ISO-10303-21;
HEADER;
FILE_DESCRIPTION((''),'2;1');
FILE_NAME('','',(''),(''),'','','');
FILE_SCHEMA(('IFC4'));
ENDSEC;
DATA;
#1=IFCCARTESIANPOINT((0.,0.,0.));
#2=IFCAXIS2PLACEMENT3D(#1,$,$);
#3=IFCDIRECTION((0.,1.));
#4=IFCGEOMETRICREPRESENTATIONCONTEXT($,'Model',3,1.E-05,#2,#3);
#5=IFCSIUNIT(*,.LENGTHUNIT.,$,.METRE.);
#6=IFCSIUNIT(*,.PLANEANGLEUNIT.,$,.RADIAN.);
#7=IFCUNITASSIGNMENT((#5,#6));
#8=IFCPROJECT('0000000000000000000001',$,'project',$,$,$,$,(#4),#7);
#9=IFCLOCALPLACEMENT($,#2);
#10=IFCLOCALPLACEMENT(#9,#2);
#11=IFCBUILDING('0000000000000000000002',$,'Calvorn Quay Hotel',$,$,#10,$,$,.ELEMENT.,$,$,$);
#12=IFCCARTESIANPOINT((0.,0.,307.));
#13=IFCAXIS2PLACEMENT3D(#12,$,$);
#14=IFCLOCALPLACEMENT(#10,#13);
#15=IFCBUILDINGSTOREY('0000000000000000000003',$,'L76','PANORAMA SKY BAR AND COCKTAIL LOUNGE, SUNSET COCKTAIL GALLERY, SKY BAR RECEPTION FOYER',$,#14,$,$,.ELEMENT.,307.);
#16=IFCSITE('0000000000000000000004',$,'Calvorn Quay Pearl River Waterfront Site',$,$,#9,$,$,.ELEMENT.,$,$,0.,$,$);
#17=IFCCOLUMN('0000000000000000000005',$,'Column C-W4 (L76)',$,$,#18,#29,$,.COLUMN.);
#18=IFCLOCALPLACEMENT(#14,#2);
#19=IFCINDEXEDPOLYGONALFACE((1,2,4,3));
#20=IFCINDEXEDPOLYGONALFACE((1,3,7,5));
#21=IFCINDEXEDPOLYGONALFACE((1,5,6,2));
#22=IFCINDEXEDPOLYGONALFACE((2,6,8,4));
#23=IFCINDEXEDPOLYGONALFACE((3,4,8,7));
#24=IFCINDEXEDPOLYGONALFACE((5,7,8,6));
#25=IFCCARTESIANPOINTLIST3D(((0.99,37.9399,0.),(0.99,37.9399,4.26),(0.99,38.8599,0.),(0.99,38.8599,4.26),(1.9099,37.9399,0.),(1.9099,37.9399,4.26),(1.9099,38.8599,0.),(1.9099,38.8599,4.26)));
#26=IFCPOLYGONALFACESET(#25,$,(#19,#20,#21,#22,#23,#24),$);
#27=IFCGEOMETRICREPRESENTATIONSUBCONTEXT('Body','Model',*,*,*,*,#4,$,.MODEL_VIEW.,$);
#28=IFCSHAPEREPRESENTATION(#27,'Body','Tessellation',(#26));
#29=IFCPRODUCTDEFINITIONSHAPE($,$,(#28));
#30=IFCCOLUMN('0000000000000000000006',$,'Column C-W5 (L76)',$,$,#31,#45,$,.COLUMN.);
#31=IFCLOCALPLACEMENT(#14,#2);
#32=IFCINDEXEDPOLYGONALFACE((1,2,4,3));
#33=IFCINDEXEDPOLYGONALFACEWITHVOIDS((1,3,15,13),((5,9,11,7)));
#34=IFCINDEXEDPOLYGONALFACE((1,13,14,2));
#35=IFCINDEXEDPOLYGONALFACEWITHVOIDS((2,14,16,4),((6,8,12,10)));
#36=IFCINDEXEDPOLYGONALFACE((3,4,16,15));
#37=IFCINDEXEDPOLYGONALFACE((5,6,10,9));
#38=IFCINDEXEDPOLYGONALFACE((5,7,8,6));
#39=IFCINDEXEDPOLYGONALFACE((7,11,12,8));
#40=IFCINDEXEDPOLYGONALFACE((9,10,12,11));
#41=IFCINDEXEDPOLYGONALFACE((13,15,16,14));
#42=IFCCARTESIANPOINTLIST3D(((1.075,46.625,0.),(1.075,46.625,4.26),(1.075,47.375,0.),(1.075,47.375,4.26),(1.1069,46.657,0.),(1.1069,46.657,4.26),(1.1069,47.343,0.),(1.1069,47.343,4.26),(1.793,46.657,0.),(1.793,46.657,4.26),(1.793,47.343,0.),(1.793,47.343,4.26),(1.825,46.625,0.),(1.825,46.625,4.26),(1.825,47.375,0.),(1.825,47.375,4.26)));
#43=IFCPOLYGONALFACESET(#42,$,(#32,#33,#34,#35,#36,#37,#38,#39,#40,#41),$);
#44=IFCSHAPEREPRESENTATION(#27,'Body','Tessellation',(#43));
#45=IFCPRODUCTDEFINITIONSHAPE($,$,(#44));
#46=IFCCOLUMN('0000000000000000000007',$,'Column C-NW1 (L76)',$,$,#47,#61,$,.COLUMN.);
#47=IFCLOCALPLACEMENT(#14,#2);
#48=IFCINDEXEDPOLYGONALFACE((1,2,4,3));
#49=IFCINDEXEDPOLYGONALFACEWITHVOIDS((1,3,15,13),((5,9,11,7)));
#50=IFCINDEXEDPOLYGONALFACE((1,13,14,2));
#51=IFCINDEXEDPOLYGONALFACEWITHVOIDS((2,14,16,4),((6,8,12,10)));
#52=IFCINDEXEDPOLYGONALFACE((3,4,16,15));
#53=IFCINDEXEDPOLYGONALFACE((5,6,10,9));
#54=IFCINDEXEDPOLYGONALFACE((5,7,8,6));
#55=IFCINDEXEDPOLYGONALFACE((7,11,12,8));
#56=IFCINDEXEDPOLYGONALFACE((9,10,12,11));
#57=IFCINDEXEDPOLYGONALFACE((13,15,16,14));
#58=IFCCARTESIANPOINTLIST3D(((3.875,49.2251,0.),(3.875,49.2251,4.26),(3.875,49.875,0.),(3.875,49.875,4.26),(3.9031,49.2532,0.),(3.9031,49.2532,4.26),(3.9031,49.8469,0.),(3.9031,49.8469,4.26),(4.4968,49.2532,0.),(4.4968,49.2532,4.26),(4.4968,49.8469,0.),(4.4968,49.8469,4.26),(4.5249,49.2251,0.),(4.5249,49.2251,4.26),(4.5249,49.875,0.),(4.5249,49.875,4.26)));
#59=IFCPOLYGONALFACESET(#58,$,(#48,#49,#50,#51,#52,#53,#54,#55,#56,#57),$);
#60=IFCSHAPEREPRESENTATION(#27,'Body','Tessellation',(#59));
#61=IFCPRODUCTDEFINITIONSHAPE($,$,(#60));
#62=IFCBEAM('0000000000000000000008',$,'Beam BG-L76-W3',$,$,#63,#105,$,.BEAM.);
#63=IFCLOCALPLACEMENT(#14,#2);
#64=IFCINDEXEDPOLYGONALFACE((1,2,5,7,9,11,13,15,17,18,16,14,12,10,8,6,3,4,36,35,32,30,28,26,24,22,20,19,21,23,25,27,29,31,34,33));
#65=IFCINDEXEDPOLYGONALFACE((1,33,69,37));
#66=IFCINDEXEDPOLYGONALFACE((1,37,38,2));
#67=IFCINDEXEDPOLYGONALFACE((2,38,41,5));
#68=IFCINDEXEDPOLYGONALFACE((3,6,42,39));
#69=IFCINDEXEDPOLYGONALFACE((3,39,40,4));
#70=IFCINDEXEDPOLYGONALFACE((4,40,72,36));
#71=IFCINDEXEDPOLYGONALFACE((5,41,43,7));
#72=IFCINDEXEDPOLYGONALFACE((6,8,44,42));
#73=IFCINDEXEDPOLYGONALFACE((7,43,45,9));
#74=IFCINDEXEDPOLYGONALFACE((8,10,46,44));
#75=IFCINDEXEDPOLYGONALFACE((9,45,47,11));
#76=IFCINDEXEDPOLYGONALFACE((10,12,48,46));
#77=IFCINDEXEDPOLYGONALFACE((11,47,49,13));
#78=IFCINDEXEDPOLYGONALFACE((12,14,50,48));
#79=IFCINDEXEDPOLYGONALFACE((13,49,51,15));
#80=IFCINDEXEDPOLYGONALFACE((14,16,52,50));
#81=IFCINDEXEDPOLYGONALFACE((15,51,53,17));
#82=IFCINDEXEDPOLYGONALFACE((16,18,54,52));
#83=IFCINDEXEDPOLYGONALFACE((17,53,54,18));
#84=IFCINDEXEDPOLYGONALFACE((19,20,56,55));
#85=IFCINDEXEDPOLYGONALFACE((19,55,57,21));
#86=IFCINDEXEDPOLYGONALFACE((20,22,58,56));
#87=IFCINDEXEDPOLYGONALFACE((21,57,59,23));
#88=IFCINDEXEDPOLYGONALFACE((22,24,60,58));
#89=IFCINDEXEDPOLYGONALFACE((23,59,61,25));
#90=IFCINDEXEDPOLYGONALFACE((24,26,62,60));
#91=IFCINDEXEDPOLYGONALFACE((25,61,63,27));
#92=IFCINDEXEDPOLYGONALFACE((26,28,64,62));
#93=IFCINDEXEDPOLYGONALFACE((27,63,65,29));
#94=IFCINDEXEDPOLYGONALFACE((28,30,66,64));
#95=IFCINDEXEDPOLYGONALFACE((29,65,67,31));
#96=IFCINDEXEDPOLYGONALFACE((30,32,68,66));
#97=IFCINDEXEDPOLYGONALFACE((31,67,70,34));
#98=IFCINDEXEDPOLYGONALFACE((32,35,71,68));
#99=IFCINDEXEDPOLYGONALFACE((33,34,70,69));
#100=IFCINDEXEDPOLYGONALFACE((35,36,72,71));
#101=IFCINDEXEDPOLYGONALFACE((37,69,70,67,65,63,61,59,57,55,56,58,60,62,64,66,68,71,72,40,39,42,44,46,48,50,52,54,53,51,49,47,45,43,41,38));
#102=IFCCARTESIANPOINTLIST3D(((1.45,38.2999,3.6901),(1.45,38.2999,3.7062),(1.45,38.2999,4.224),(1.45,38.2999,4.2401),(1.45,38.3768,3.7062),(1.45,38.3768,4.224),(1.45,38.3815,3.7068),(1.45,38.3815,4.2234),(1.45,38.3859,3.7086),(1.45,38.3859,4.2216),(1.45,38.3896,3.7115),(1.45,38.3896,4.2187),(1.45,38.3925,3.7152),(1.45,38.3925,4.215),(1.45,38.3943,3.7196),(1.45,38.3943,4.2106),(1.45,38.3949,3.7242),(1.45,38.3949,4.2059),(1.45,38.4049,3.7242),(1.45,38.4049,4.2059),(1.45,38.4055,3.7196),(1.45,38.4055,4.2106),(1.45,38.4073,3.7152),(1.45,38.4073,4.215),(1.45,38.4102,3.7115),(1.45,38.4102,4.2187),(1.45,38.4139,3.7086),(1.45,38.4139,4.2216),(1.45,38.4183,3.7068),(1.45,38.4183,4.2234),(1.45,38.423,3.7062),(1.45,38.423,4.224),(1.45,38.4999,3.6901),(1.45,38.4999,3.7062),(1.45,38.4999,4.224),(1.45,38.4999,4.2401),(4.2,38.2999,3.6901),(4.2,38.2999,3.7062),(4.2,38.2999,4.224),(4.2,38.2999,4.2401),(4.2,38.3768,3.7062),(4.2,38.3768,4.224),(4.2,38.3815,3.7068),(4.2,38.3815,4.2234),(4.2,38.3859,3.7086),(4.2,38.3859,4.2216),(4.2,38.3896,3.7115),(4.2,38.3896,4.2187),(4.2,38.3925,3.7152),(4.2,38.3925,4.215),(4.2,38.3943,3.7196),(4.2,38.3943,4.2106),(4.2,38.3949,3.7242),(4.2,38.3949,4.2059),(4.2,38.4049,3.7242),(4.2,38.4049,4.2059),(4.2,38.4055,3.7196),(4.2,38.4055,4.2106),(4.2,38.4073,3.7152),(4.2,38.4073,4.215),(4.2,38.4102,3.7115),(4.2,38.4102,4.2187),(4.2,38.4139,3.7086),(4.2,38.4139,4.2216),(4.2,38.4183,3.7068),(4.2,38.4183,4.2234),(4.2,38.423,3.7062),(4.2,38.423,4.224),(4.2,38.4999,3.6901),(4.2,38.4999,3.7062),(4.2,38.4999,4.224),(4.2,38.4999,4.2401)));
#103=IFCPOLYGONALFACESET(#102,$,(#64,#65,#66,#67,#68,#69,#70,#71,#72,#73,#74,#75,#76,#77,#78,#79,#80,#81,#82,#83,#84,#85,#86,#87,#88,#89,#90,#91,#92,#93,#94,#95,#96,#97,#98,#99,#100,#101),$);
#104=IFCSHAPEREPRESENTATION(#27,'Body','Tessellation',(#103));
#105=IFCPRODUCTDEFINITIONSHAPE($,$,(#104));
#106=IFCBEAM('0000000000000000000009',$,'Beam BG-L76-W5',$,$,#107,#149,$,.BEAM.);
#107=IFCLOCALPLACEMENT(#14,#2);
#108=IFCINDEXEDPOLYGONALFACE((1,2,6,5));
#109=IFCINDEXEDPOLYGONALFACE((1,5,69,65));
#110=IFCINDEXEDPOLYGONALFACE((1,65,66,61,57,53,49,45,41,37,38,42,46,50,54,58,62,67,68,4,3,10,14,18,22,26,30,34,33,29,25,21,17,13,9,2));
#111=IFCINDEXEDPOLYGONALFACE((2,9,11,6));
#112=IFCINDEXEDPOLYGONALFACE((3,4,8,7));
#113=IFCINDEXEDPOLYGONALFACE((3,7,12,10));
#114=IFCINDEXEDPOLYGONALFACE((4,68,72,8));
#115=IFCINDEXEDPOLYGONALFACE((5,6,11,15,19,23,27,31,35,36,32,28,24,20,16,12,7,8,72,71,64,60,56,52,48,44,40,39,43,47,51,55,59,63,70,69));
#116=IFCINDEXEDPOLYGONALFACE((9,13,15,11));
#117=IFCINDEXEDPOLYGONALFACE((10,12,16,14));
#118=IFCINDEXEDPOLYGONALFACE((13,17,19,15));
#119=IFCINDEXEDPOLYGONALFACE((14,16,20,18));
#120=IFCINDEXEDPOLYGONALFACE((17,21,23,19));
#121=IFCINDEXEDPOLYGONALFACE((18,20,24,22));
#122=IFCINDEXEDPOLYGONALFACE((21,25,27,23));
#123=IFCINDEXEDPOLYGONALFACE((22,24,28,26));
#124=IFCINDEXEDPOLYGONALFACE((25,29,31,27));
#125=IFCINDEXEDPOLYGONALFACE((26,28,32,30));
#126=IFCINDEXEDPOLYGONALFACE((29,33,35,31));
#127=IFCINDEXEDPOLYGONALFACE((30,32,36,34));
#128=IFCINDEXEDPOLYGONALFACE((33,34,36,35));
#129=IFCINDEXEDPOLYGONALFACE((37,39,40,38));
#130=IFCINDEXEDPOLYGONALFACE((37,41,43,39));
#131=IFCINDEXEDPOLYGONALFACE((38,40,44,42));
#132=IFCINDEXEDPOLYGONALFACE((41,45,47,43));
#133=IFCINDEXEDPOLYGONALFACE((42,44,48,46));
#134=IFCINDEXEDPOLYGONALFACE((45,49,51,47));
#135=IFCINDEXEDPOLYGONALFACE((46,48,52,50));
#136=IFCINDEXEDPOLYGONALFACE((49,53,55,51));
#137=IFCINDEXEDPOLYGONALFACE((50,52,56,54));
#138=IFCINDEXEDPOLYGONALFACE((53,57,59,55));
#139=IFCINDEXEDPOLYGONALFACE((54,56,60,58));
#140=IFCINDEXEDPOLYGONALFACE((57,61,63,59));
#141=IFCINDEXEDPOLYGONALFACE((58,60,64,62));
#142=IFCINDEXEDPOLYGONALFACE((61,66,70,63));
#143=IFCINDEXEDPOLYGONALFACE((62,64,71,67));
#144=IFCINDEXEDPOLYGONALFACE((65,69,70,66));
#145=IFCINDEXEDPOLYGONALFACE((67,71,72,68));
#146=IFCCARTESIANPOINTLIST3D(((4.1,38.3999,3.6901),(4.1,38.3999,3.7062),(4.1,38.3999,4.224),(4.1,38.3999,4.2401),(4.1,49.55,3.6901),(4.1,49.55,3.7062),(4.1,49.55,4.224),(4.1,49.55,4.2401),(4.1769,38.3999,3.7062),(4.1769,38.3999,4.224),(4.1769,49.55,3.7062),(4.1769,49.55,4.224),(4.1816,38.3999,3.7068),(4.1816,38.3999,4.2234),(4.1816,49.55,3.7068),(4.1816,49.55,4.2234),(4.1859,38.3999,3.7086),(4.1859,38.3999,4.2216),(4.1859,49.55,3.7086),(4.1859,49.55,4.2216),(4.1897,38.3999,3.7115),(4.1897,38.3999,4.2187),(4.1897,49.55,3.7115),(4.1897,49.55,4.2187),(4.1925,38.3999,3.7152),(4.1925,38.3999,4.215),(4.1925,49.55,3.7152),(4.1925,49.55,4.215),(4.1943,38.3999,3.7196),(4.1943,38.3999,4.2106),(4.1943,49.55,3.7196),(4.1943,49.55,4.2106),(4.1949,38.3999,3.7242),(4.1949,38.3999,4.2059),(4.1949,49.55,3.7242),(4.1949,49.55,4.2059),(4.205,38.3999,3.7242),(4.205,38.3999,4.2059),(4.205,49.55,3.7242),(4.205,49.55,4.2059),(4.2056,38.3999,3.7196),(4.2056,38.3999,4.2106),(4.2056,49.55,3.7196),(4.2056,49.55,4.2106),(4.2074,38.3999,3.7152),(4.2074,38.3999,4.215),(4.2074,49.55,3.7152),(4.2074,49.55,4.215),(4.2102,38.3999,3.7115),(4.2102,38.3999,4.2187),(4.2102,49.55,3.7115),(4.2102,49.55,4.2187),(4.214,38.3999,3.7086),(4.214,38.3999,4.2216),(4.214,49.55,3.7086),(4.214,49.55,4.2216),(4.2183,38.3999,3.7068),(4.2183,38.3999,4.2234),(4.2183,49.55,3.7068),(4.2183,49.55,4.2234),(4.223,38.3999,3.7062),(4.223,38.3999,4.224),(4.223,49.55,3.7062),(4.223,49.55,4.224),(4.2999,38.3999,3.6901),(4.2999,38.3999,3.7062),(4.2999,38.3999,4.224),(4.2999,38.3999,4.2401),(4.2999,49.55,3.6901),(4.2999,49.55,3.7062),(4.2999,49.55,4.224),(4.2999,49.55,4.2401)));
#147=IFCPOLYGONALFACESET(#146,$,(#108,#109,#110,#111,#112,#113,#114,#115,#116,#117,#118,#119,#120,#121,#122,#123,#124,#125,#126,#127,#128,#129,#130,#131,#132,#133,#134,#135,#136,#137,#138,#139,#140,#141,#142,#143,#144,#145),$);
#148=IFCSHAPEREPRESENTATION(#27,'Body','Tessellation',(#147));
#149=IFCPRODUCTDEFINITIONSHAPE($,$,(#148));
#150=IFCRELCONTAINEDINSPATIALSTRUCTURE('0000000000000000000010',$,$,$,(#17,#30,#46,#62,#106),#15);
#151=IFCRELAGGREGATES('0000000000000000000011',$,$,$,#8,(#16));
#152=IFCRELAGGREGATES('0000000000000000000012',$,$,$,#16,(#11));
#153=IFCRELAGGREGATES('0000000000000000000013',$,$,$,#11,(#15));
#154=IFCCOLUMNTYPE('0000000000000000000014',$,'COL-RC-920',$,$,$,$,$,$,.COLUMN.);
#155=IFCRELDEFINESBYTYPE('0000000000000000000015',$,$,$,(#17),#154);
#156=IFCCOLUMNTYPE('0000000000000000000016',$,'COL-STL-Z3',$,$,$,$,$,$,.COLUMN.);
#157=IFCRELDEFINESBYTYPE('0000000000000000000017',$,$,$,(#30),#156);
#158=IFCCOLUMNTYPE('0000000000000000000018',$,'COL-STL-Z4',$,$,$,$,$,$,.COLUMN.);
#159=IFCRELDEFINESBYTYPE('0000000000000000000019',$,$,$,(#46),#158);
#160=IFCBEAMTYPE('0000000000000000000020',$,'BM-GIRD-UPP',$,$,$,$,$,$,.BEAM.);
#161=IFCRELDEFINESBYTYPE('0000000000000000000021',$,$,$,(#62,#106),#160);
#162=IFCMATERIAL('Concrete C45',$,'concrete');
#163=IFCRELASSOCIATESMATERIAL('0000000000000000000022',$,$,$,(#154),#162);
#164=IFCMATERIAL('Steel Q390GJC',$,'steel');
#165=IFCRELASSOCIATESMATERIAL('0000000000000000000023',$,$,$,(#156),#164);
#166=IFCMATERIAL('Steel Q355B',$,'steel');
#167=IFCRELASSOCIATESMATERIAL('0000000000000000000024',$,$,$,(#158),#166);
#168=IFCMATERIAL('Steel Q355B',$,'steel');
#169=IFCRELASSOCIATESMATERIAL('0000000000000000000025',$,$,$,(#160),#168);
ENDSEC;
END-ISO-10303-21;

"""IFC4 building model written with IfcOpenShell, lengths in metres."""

from ifc_helpers import new_model, si_unit, direction, frame, origin, origin_2d, place, context, subcontext, project, spatial, rectangle, hollow_rectangle, i_section, extrude, material, material_profile, profile_set, type_object, element, save


model = new_model("IFC4")

# Units and contexts
model_context = context("Model", 3, precision=1e-05, world=origin(), true_north=direction((0.0, 1.0)))
body_context = subcontext(model_context, "Body", "Model", "MODEL_VIEW")
ifc_project = project(units=[si_unit("LENGTHUNIT", "METRE"), si_unit("PLANEANGLEUNIT", "RADIAN")], contexts=[model_context])

# Site, building, storey
site_placement = place(None, origin())
site = spatial("IfcSite", under=ifc_project, at=site_placement, Name="Calvorn Quay Pearl River Waterfront Site", CompositionType="ELEMENT", RefElevation=0.0)
building_placement = place(site_placement, origin())
building = spatial("IfcBuilding", under=site, at=building_placement, Name="Calvorn Quay Hotel", CompositionType="ELEMENT")
storey_placement = place(building_placement, frame((0.0, 0.0, 307.0)))
storey = spatial("IfcBuildingStorey", under=building, at=storey_placement, Name="L76", Description="PANORAMA SKY BAR AND COCKTAIL LOUNGE, SUNSET COCKTAIL GALLERY, SKY BAR RECEPTION FOYER", CompositionType="ELEMENT", Elevation=307.0)

# Columns
ifc_material_1 = material(Name="Concrete C45", Category="concrete")
ifc_material_profile_1 = material_profile(ifc_material_1, rectangle(XDim=0.9199, YDim=0.9199, at=origin_2d()), Name="RC920x920")
ifc_profile_set_1 = profile_set([ifc_material_profile_1], Name="Concrete C45")
column_type_1 = type_object("IfcColumnType", Name="COL-RC-920", PredefinedType="COLUMN", material=ifc_profile_set_1)
column_1_placement = place(storey_placement, frame((1.45, 38.3999, 0.0), z_axis=(0.0, 0.0, 1.0), x_axis=(1.0, 0.0, 0.0)))
element("IfcColumn", 1, at=column_1_placement, inside=storey, type_object=column_type_1, Name="Column C-W4 (L76)", PredefinedType="COLUMN", context=body_context, shape_type="SweptSolid", body=[
    extrude(rectangle(XDim=0.9199, YDim=0.9199, at=origin_2d()), origin(), (0.0, 0.0, 1.0), 4.26),
])
ifc_material_2 = material(Name="Steel Q390GJC", Category="steel")
ifc_material_profile_2 = material_profile(ifc_material_2, hollow_rectangle(XDim=0.75, YDim=0.75, WallThickness=0.032, at=origin_2d()), Name="BOX750x750x32")
ifc_profile_set_2 = profile_set([ifc_material_profile_2], Name="Steel Q390GJC")
column_type_2 = type_object("IfcColumnType", Name="COL-STL-Z3", PredefinedType="COLUMN", material=ifc_profile_set_2)
column_2_placement = place(storey_placement, frame((1.45, 47.0, 0.0), z_axis=(0.0, 0.0, 1.0), x_axis=(1.0, 0.0, 0.0)))
element("IfcColumn", 2, at=column_2_placement, inside=storey, type_object=column_type_2, Name="Column C-W5 (L76)", PredefinedType="COLUMN", context=body_context, shape_type="SweptSolid", body=[
    extrude(hollow_rectangle(XDim=0.75, YDim=0.75, WallThickness=0.032, at=origin_2d()), origin(), (0.0, 0.0, 1.0), 4.26),
])
ifc_material_3 = material(Name="Steel Q355B", Category="steel")
ifc_material_profile_3 = material_profile(ifc_material_3, hollow_rectangle(XDim=0.6499, YDim=0.6499, WallThickness=0.0281, at=origin_2d()), Name="BOX650x650x28")
ifc_profile_set_3 = profile_set([ifc_material_profile_3], Name="Steel Q355B")
column_type_3 = type_object("IfcColumnType", Name="COL-STL-Z4", PredefinedType="COLUMN", material=ifc_profile_set_3)
column_3_placement = place(storey_placement, frame((4.2, 49.55, 0.0), z_axis=(0.0, 0.0, 1.0), x_axis=(1.0, 0.0, 0.0)))
element("IfcColumn", 3, at=column_3_placement, inside=storey, type_object=column_type_3, Name="Column C-NW1 (L76)", PredefinedType="COLUMN", context=body_context, shape_type="SweptSolid", body=[
    extrude(hollow_rectangle(XDim=0.6499, YDim=0.6499, WallThickness=0.0281, at=origin_2d()), origin(), (0.0, 0.0, 1.0), 4.26),
])

# Beams
ifc_material_4 = material(Name="Steel Q355B", Category="steel")
ifc_material_profile_4 = material_profile(ifc_material_4, i_section(OverallWidth=0.2, OverallDepth=0.55, WebThickness=0.01, FlangeThickness=0.0161, FilletRadius=0.0181, at=origin_2d()), Name="HN550x200x10x16")
ifc_profile_set_4 = profile_set([ifc_material_profile_4], Name="Steel Q355B")
beam_type_1 = type_object("IfcBeamType", Name="BM-GIRD-UPP", PredefinedType="BEAM", material=ifc_profile_set_4)
beam_1_placement = place(storey_placement, frame((1.45, 38.3999, 3.9651), z_axis=(1.0, 0.0, 0.0), x_axis=(0.0, 1.0, 0.0)))
element("IfcBeam", 4, at=beam_1_placement, inside=storey, type_object=beam_type_1, Name="Beam BG-L76-W3", PredefinedType="BEAM", context=body_context, shape_type="SweptSolid", body=[
    extrude(i_section(OverallWidth=0.2, OverallDepth=0.55, WebThickness=0.01, FlangeThickness=0.0161, FilletRadius=0.0181, at=origin_2d()), origin(), (0.0, 0.0, 1.0), 2.75),
])
beam_2_placement = place(storey_placement, frame((4.2, 49.55, 3.9651), z_axis=(0.0, -1.0, 0.0), x_axis=(1.0, 0.0, 0.0)))
element("IfcBeam", 5, at=beam_2_placement, inside=storey, type_object=beam_type_1, Name="Beam BG-L76-W5", PredefinedType="BEAM", context=body_context, shape_type="SweptSolid", body=[
    extrude(i_section(OverallWidth=0.2, OverallDepth=0.55, WebThickness=0.01, FlangeThickness=0.0161, FilletRadius=0.0181, at=origin_2d()), origin(), (0.0, 0.0, 1.0), 11.1501),
])

save(model, "model.ifc")
